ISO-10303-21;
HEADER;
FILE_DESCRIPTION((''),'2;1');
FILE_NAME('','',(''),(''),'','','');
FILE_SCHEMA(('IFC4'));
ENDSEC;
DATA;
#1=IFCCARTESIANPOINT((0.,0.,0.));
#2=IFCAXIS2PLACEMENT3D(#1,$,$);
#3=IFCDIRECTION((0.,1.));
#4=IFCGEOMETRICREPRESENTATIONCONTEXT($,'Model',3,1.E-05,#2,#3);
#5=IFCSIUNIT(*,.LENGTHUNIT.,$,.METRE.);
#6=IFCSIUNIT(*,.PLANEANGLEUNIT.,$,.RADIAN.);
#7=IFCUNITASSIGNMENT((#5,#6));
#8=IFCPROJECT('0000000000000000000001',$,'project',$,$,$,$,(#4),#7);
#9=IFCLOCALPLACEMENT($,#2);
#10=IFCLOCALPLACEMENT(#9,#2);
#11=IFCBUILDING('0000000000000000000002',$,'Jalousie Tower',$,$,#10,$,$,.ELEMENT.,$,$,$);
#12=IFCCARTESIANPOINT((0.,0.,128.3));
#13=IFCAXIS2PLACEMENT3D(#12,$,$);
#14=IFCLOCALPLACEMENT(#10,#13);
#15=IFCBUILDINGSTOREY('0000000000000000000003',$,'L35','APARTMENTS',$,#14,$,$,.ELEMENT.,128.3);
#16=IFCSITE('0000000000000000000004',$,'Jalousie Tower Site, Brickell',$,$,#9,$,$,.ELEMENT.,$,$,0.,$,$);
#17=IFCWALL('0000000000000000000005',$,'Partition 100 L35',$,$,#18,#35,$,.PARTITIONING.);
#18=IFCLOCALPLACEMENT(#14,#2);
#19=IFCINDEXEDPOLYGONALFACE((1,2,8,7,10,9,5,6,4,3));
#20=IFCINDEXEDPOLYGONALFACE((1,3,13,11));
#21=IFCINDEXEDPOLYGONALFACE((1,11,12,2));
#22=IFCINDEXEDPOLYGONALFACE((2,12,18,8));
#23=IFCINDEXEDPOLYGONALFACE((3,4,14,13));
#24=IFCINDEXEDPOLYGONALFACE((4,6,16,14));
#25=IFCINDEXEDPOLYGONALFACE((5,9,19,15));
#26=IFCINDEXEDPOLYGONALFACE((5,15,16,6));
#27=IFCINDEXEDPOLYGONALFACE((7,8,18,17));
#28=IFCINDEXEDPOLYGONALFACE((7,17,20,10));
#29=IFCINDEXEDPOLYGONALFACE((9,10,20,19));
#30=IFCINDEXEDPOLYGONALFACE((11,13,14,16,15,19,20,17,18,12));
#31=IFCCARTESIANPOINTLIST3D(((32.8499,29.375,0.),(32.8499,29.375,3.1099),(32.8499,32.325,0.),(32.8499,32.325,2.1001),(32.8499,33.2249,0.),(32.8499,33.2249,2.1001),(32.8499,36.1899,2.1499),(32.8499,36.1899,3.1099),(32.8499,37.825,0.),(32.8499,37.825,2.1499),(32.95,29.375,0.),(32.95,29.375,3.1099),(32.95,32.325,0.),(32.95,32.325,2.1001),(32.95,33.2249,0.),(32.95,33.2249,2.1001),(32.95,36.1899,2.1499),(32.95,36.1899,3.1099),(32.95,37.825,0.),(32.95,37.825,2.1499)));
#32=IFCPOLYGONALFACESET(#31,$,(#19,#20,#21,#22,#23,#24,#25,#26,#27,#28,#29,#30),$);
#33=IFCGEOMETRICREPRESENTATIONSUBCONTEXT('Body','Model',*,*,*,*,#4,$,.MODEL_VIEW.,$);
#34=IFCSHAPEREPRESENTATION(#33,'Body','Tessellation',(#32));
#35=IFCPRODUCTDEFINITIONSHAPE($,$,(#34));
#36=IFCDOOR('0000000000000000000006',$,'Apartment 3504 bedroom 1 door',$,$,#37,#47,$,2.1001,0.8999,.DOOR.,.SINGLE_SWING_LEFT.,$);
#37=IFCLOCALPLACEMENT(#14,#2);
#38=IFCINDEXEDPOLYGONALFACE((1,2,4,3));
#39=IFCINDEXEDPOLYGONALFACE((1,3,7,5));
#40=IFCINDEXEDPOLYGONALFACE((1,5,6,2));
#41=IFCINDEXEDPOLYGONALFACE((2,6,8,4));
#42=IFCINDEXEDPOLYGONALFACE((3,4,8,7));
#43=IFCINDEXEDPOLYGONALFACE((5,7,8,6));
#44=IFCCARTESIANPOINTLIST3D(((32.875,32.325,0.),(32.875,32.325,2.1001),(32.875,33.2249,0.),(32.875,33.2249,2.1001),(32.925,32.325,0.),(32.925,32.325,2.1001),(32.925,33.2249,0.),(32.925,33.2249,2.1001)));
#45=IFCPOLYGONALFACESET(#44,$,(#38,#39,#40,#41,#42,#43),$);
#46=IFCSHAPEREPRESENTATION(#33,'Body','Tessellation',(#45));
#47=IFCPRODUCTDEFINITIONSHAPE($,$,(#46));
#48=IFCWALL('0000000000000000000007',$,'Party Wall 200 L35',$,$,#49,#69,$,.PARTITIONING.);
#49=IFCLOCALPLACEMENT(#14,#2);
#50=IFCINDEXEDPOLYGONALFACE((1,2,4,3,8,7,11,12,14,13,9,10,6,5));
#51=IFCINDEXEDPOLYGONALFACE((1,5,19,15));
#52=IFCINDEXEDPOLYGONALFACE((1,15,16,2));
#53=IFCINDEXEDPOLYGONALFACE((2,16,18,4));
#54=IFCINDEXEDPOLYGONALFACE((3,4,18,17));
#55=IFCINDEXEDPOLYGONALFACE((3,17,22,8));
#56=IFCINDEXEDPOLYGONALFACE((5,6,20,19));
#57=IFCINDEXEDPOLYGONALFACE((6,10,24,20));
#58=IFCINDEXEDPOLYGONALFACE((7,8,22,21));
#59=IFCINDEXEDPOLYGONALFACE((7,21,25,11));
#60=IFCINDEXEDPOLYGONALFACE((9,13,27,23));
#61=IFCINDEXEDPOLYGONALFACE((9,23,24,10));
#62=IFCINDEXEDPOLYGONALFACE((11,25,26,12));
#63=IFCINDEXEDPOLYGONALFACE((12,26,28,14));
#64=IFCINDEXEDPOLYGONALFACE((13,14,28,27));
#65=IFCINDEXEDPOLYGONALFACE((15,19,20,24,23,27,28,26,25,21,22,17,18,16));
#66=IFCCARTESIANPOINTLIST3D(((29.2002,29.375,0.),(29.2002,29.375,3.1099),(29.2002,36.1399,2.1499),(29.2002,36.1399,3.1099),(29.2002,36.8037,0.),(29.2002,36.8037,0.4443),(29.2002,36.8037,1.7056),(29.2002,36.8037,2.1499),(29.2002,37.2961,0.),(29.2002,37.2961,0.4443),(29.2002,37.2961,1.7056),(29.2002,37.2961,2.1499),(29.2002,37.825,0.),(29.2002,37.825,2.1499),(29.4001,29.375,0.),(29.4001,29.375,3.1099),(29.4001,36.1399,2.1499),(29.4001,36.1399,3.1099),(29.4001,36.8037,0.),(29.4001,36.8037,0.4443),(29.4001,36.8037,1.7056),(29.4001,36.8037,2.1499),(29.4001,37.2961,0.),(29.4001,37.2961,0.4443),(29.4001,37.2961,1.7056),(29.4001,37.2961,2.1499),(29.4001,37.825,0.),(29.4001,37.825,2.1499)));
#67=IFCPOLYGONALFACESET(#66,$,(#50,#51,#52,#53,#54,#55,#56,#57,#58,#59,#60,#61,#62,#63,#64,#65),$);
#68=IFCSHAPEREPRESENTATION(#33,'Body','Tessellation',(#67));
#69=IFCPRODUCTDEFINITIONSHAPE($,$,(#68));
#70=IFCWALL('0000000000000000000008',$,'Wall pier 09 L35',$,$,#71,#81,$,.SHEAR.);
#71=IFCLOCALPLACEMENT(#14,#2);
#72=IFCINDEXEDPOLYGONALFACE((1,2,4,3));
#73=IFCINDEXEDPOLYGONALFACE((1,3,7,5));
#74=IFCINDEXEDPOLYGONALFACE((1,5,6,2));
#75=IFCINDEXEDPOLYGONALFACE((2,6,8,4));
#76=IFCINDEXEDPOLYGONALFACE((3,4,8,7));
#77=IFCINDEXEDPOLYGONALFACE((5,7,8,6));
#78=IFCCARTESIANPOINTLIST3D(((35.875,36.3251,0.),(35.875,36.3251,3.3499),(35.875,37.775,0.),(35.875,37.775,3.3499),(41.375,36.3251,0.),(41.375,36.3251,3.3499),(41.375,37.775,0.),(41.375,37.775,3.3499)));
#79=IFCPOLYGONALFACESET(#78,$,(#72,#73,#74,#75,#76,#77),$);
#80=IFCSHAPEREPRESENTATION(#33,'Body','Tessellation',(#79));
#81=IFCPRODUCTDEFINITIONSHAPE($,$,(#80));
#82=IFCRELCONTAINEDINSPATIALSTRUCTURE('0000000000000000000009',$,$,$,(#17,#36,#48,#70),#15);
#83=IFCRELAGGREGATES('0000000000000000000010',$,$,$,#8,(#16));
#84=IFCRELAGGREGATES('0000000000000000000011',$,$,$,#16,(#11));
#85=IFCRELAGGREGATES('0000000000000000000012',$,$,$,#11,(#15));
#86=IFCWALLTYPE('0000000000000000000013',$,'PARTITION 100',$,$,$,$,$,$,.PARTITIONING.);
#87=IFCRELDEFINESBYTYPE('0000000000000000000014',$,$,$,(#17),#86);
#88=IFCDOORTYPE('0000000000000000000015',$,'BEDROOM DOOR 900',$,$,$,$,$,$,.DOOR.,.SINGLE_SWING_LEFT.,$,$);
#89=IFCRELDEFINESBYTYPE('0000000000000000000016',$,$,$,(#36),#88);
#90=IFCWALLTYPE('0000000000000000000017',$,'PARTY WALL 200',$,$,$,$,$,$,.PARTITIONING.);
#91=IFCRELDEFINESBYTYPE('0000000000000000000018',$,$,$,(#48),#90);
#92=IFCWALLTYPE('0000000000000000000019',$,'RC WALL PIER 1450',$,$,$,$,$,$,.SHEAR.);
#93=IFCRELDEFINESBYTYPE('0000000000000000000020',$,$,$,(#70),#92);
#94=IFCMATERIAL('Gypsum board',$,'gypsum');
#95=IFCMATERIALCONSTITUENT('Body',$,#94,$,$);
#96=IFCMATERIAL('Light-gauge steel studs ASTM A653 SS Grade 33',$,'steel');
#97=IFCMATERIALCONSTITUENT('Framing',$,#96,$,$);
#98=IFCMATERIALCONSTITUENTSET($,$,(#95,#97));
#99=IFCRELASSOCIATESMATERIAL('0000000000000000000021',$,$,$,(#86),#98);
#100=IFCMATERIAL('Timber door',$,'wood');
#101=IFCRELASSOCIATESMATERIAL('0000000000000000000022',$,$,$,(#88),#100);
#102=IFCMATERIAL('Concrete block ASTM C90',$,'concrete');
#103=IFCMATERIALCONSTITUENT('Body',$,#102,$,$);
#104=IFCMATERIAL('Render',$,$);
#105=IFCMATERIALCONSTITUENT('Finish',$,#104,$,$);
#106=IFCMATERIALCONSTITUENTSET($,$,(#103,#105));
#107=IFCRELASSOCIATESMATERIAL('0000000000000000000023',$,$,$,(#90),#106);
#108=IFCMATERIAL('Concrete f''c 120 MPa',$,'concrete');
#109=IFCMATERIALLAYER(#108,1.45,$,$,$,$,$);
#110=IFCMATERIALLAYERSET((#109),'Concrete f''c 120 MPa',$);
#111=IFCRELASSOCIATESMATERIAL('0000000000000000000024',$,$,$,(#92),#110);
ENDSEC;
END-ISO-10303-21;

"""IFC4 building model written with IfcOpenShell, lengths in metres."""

from ifc_helpers import new_model, si_unit, direction, frame, frame_2d, origin, place, context, subcontext, project, spatial, polyline, rectangle, outline, extrude, material, layer, layer_set, constituent, constituent_set, type_object, element, fill, save


model = new_model("IFC4")

# Units and contexts
model_context = context("Model", 3, precision=1e-05, world=origin(), true_north=direction((0.0, 1.0)))
body_context = subcontext(model_context, "Body", "Model", "MODEL_VIEW")
ifc_project = project(units=[si_unit("LENGTHUNIT", "METRE"), si_unit("PLANEANGLEUNIT", "RADIAN")], contexts=[model_context])

# Site, building, storey
site_placement = place(None, origin())
site = spatial("IfcSite", under=ifc_project, at=site_placement, Name="Jalousie Tower Site, Brickell", CompositionType="ELEMENT", RefElevation=0.0)
building_placement = place(site_placement, origin())
building = spatial("IfcBuilding", under=site, at=building_placement, Name="Jalousie Tower", CompositionType="ELEMENT")
storey_placement = place(building_placement, frame((0.0, 0.0, 128.3)))
storey = spatial("IfcBuildingStorey", under=building, at=storey_placement, Name="L35", Description="APARTMENTS", CompositionType="ELEMENT", Elevation=128.3)

# Wall, opening, door
ifc_material_1 = material(Name="Gypsum board", Category="gypsum")
ifc_constituent_1 = constituent(ifc_material_1, Name="Body")
ifc_material_2 = material(Name="Light-gauge steel studs ASTM A653 SS Grade 33", Category="steel")
ifc_constituent_2 = constituent(ifc_material_2, Name="Framing")
ifc_constituent_set_1 = constituent_set(constituents=[ifc_constituent_1, ifc_constituent_2])
wall_type_1 = type_object("IfcWallType", Name="PARTITION 100", PredefinedType="PARTITIONING", material=ifc_constituent_set_1)
wall_1_placement = place(storey_placement, frame((32.8999, 37.825, 0.0), z_axis=(0.0, 0.0, 1.0), x_axis=(0.0, -1.0, 0.0)))
wall_1 = element("IfcWall", 1, at=wall_1_placement, inside=storey, type_object=wall_type_1, Name="Partition 100 L35", PredefinedType="PARTITIONING", context=body_context, shape_type="SweptSolid", body=[
    extrude(outline(polyline([(0.0, 0.0), (8.45, 0.0), (8.45, 3.1099), (1.635, 3.1099), (1.635, 2.1499), (0.0, 2.1499), (0.0, 3.1099), (0.0, 0.0)])), frame((0.0, 0.05, 0.0), z_axis=(0.0, -1.0, 0.0), x_axis=(1.0, 0.0, 0.0)), (0.0, 0.0, 1.0), 0.1001),
])
opening_1_placement = place(wall_1_placement, frame((4.6001, 0.0, 0.0)))
opening_1 = element("IfcOpeningElement", 2, at=opening_1_placement, cuts=wall_1, PredefinedType="OPENING", context=body_context, shape_type="SweptSolid", body=[
    extrude(rectangle(XDim=0.8999, YDim=2.1001, at=frame_2d((0.45, 1.05))), frame((0.0, 0.0601, 0.0), z_axis=(0.0, -1.0, 0.0), x_axis=(1.0, 0.0, 0.0)), (0.0, 0.0, 1.0), 0.1201),
])
ifc_material_3 = material(Name="Timber door", Category="wood")
door_type = type_object("IfcDoorType", Name="BEDROOM DOOR 900", OperationType="SINGLE_SWING_LEFT", PredefinedType="DOOR", material=ifc_material_3)
door_placement = place(opening_1_placement, frame((0.8999, 0.0, 0.0), z_axis=(0.0, 0.0, 1.0), x_axis=(-1.0, 0.0, 0.0)))
door = element("IfcDoor", 3, at=door_placement, inside=storey, type_object=door_type, Name="Apartment 3504 bedroom 1 door", OperationType="SINGLE_SWING_LEFT", OverallHeight=2.1001, OverallWidth=0.8999, PredefinedType="DOOR", context=body_context, shape_type="SweptSolid", body=[
    extrude(rectangle(XDim=0.8999, YDim=2.1001, at=frame_2d((0.45, 1.05))), frame((0.0, 0.0249, 0.0), z_axis=(0.0, -1.0, 0.0), x_axis=(1.0, 0.0, 0.0)), (0.0, 0.0, 1.0), 0.05),
])
fill(opening_1, door)

# Walls
ifc_material_4 = material(Name="Concrete block ASTM C90", Category="concrete")
ifc_constituent_3 = constituent(ifc_material_4, Name="Body")
ifc_material_5 = material(Name="Render")
ifc_constituent_4 = constituent(ifc_material_5, Name="Finish")
ifc_constituent_set_2 = constituent_set(constituents=[ifc_constituent_3, ifc_constituent_4])
wall_type_2 = type_object("IfcWallType", Name="PARTY WALL 200", PredefinedType="PARTITIONING", material=ifc_constituent_set_2)
wall_2_placement = place(storey_placement, frame((29.3, 37.825, 0.0), z_axis=(0.0, 0.0, 1.0), x_axis=(0.0, -1.0, 0.0)))
element("IfcWall", 4, at=wall_2_placement, inside=storey, type_object=wall_type_2, Name="Party Wall 200 L35", PredefinedType="PARTITIONING", context=body_context, shape_type="SweptSolid", body=[
    extrude(outline(polyline([(0.5288, 2.1499), (0.0, 2.1499), (0.0, 0.0), (0.5288, 0.0), (0.5288, 0.4443), (1.0212, 0.4443), (1.0212, 0.0), (8.45, 0.0), (8.45, 3.1099), (1.6851, 3.1099), (1.6851, 2.1499), (1.0212, 2.1499), (1.0212, 1.7056), (0.5288, 1.7056), (0.5288, 2.1499)])), frame((0.0, 0.1001, 0.0), z_axis=(0.0, -1.0, 0.0), x_axis=(1.0, 0.0, 0.0)), (0.0, 0.0, 1.0), 0.2),
])
ifc_material_6 = material(Name="Concrete f'c 120 MPa", Category="concrete")
ifc_layer_1 = layer(ifc_material_6, 1.45)
ifc_layer_set_1 = layer_set([ifc_layer_1], Name="Concrete f'c 120 MPa")
wall_type_3 = type_object("IfcWallType", Name="RC WALL PIER 1450", PredefinedType="SHEAR", material=ifc_layer_set_1)
wall_3_placement = place(storey_placement, frame((35.875, 37.05, 0.0), z_axis=(0.0, 0.0, 1.0), x_axis=(1.0, 0.0, 0.0)))
element("IfcWall", 5, at=wall_3_placement, inside=storey, type_object=wall_type_3, Name="Wall pier 09 L35", PredefinedType="SHEAR", context=body_context, shape_type="SweptSolid", body=[
    extrude(rectangle(XDim=5.5, YDim=1.45, at=frame_2d((2.75, 0.0))), origin(), (0.0, 0.0, 1.0), 3.3499),
])

save(model, "model.ifc")
